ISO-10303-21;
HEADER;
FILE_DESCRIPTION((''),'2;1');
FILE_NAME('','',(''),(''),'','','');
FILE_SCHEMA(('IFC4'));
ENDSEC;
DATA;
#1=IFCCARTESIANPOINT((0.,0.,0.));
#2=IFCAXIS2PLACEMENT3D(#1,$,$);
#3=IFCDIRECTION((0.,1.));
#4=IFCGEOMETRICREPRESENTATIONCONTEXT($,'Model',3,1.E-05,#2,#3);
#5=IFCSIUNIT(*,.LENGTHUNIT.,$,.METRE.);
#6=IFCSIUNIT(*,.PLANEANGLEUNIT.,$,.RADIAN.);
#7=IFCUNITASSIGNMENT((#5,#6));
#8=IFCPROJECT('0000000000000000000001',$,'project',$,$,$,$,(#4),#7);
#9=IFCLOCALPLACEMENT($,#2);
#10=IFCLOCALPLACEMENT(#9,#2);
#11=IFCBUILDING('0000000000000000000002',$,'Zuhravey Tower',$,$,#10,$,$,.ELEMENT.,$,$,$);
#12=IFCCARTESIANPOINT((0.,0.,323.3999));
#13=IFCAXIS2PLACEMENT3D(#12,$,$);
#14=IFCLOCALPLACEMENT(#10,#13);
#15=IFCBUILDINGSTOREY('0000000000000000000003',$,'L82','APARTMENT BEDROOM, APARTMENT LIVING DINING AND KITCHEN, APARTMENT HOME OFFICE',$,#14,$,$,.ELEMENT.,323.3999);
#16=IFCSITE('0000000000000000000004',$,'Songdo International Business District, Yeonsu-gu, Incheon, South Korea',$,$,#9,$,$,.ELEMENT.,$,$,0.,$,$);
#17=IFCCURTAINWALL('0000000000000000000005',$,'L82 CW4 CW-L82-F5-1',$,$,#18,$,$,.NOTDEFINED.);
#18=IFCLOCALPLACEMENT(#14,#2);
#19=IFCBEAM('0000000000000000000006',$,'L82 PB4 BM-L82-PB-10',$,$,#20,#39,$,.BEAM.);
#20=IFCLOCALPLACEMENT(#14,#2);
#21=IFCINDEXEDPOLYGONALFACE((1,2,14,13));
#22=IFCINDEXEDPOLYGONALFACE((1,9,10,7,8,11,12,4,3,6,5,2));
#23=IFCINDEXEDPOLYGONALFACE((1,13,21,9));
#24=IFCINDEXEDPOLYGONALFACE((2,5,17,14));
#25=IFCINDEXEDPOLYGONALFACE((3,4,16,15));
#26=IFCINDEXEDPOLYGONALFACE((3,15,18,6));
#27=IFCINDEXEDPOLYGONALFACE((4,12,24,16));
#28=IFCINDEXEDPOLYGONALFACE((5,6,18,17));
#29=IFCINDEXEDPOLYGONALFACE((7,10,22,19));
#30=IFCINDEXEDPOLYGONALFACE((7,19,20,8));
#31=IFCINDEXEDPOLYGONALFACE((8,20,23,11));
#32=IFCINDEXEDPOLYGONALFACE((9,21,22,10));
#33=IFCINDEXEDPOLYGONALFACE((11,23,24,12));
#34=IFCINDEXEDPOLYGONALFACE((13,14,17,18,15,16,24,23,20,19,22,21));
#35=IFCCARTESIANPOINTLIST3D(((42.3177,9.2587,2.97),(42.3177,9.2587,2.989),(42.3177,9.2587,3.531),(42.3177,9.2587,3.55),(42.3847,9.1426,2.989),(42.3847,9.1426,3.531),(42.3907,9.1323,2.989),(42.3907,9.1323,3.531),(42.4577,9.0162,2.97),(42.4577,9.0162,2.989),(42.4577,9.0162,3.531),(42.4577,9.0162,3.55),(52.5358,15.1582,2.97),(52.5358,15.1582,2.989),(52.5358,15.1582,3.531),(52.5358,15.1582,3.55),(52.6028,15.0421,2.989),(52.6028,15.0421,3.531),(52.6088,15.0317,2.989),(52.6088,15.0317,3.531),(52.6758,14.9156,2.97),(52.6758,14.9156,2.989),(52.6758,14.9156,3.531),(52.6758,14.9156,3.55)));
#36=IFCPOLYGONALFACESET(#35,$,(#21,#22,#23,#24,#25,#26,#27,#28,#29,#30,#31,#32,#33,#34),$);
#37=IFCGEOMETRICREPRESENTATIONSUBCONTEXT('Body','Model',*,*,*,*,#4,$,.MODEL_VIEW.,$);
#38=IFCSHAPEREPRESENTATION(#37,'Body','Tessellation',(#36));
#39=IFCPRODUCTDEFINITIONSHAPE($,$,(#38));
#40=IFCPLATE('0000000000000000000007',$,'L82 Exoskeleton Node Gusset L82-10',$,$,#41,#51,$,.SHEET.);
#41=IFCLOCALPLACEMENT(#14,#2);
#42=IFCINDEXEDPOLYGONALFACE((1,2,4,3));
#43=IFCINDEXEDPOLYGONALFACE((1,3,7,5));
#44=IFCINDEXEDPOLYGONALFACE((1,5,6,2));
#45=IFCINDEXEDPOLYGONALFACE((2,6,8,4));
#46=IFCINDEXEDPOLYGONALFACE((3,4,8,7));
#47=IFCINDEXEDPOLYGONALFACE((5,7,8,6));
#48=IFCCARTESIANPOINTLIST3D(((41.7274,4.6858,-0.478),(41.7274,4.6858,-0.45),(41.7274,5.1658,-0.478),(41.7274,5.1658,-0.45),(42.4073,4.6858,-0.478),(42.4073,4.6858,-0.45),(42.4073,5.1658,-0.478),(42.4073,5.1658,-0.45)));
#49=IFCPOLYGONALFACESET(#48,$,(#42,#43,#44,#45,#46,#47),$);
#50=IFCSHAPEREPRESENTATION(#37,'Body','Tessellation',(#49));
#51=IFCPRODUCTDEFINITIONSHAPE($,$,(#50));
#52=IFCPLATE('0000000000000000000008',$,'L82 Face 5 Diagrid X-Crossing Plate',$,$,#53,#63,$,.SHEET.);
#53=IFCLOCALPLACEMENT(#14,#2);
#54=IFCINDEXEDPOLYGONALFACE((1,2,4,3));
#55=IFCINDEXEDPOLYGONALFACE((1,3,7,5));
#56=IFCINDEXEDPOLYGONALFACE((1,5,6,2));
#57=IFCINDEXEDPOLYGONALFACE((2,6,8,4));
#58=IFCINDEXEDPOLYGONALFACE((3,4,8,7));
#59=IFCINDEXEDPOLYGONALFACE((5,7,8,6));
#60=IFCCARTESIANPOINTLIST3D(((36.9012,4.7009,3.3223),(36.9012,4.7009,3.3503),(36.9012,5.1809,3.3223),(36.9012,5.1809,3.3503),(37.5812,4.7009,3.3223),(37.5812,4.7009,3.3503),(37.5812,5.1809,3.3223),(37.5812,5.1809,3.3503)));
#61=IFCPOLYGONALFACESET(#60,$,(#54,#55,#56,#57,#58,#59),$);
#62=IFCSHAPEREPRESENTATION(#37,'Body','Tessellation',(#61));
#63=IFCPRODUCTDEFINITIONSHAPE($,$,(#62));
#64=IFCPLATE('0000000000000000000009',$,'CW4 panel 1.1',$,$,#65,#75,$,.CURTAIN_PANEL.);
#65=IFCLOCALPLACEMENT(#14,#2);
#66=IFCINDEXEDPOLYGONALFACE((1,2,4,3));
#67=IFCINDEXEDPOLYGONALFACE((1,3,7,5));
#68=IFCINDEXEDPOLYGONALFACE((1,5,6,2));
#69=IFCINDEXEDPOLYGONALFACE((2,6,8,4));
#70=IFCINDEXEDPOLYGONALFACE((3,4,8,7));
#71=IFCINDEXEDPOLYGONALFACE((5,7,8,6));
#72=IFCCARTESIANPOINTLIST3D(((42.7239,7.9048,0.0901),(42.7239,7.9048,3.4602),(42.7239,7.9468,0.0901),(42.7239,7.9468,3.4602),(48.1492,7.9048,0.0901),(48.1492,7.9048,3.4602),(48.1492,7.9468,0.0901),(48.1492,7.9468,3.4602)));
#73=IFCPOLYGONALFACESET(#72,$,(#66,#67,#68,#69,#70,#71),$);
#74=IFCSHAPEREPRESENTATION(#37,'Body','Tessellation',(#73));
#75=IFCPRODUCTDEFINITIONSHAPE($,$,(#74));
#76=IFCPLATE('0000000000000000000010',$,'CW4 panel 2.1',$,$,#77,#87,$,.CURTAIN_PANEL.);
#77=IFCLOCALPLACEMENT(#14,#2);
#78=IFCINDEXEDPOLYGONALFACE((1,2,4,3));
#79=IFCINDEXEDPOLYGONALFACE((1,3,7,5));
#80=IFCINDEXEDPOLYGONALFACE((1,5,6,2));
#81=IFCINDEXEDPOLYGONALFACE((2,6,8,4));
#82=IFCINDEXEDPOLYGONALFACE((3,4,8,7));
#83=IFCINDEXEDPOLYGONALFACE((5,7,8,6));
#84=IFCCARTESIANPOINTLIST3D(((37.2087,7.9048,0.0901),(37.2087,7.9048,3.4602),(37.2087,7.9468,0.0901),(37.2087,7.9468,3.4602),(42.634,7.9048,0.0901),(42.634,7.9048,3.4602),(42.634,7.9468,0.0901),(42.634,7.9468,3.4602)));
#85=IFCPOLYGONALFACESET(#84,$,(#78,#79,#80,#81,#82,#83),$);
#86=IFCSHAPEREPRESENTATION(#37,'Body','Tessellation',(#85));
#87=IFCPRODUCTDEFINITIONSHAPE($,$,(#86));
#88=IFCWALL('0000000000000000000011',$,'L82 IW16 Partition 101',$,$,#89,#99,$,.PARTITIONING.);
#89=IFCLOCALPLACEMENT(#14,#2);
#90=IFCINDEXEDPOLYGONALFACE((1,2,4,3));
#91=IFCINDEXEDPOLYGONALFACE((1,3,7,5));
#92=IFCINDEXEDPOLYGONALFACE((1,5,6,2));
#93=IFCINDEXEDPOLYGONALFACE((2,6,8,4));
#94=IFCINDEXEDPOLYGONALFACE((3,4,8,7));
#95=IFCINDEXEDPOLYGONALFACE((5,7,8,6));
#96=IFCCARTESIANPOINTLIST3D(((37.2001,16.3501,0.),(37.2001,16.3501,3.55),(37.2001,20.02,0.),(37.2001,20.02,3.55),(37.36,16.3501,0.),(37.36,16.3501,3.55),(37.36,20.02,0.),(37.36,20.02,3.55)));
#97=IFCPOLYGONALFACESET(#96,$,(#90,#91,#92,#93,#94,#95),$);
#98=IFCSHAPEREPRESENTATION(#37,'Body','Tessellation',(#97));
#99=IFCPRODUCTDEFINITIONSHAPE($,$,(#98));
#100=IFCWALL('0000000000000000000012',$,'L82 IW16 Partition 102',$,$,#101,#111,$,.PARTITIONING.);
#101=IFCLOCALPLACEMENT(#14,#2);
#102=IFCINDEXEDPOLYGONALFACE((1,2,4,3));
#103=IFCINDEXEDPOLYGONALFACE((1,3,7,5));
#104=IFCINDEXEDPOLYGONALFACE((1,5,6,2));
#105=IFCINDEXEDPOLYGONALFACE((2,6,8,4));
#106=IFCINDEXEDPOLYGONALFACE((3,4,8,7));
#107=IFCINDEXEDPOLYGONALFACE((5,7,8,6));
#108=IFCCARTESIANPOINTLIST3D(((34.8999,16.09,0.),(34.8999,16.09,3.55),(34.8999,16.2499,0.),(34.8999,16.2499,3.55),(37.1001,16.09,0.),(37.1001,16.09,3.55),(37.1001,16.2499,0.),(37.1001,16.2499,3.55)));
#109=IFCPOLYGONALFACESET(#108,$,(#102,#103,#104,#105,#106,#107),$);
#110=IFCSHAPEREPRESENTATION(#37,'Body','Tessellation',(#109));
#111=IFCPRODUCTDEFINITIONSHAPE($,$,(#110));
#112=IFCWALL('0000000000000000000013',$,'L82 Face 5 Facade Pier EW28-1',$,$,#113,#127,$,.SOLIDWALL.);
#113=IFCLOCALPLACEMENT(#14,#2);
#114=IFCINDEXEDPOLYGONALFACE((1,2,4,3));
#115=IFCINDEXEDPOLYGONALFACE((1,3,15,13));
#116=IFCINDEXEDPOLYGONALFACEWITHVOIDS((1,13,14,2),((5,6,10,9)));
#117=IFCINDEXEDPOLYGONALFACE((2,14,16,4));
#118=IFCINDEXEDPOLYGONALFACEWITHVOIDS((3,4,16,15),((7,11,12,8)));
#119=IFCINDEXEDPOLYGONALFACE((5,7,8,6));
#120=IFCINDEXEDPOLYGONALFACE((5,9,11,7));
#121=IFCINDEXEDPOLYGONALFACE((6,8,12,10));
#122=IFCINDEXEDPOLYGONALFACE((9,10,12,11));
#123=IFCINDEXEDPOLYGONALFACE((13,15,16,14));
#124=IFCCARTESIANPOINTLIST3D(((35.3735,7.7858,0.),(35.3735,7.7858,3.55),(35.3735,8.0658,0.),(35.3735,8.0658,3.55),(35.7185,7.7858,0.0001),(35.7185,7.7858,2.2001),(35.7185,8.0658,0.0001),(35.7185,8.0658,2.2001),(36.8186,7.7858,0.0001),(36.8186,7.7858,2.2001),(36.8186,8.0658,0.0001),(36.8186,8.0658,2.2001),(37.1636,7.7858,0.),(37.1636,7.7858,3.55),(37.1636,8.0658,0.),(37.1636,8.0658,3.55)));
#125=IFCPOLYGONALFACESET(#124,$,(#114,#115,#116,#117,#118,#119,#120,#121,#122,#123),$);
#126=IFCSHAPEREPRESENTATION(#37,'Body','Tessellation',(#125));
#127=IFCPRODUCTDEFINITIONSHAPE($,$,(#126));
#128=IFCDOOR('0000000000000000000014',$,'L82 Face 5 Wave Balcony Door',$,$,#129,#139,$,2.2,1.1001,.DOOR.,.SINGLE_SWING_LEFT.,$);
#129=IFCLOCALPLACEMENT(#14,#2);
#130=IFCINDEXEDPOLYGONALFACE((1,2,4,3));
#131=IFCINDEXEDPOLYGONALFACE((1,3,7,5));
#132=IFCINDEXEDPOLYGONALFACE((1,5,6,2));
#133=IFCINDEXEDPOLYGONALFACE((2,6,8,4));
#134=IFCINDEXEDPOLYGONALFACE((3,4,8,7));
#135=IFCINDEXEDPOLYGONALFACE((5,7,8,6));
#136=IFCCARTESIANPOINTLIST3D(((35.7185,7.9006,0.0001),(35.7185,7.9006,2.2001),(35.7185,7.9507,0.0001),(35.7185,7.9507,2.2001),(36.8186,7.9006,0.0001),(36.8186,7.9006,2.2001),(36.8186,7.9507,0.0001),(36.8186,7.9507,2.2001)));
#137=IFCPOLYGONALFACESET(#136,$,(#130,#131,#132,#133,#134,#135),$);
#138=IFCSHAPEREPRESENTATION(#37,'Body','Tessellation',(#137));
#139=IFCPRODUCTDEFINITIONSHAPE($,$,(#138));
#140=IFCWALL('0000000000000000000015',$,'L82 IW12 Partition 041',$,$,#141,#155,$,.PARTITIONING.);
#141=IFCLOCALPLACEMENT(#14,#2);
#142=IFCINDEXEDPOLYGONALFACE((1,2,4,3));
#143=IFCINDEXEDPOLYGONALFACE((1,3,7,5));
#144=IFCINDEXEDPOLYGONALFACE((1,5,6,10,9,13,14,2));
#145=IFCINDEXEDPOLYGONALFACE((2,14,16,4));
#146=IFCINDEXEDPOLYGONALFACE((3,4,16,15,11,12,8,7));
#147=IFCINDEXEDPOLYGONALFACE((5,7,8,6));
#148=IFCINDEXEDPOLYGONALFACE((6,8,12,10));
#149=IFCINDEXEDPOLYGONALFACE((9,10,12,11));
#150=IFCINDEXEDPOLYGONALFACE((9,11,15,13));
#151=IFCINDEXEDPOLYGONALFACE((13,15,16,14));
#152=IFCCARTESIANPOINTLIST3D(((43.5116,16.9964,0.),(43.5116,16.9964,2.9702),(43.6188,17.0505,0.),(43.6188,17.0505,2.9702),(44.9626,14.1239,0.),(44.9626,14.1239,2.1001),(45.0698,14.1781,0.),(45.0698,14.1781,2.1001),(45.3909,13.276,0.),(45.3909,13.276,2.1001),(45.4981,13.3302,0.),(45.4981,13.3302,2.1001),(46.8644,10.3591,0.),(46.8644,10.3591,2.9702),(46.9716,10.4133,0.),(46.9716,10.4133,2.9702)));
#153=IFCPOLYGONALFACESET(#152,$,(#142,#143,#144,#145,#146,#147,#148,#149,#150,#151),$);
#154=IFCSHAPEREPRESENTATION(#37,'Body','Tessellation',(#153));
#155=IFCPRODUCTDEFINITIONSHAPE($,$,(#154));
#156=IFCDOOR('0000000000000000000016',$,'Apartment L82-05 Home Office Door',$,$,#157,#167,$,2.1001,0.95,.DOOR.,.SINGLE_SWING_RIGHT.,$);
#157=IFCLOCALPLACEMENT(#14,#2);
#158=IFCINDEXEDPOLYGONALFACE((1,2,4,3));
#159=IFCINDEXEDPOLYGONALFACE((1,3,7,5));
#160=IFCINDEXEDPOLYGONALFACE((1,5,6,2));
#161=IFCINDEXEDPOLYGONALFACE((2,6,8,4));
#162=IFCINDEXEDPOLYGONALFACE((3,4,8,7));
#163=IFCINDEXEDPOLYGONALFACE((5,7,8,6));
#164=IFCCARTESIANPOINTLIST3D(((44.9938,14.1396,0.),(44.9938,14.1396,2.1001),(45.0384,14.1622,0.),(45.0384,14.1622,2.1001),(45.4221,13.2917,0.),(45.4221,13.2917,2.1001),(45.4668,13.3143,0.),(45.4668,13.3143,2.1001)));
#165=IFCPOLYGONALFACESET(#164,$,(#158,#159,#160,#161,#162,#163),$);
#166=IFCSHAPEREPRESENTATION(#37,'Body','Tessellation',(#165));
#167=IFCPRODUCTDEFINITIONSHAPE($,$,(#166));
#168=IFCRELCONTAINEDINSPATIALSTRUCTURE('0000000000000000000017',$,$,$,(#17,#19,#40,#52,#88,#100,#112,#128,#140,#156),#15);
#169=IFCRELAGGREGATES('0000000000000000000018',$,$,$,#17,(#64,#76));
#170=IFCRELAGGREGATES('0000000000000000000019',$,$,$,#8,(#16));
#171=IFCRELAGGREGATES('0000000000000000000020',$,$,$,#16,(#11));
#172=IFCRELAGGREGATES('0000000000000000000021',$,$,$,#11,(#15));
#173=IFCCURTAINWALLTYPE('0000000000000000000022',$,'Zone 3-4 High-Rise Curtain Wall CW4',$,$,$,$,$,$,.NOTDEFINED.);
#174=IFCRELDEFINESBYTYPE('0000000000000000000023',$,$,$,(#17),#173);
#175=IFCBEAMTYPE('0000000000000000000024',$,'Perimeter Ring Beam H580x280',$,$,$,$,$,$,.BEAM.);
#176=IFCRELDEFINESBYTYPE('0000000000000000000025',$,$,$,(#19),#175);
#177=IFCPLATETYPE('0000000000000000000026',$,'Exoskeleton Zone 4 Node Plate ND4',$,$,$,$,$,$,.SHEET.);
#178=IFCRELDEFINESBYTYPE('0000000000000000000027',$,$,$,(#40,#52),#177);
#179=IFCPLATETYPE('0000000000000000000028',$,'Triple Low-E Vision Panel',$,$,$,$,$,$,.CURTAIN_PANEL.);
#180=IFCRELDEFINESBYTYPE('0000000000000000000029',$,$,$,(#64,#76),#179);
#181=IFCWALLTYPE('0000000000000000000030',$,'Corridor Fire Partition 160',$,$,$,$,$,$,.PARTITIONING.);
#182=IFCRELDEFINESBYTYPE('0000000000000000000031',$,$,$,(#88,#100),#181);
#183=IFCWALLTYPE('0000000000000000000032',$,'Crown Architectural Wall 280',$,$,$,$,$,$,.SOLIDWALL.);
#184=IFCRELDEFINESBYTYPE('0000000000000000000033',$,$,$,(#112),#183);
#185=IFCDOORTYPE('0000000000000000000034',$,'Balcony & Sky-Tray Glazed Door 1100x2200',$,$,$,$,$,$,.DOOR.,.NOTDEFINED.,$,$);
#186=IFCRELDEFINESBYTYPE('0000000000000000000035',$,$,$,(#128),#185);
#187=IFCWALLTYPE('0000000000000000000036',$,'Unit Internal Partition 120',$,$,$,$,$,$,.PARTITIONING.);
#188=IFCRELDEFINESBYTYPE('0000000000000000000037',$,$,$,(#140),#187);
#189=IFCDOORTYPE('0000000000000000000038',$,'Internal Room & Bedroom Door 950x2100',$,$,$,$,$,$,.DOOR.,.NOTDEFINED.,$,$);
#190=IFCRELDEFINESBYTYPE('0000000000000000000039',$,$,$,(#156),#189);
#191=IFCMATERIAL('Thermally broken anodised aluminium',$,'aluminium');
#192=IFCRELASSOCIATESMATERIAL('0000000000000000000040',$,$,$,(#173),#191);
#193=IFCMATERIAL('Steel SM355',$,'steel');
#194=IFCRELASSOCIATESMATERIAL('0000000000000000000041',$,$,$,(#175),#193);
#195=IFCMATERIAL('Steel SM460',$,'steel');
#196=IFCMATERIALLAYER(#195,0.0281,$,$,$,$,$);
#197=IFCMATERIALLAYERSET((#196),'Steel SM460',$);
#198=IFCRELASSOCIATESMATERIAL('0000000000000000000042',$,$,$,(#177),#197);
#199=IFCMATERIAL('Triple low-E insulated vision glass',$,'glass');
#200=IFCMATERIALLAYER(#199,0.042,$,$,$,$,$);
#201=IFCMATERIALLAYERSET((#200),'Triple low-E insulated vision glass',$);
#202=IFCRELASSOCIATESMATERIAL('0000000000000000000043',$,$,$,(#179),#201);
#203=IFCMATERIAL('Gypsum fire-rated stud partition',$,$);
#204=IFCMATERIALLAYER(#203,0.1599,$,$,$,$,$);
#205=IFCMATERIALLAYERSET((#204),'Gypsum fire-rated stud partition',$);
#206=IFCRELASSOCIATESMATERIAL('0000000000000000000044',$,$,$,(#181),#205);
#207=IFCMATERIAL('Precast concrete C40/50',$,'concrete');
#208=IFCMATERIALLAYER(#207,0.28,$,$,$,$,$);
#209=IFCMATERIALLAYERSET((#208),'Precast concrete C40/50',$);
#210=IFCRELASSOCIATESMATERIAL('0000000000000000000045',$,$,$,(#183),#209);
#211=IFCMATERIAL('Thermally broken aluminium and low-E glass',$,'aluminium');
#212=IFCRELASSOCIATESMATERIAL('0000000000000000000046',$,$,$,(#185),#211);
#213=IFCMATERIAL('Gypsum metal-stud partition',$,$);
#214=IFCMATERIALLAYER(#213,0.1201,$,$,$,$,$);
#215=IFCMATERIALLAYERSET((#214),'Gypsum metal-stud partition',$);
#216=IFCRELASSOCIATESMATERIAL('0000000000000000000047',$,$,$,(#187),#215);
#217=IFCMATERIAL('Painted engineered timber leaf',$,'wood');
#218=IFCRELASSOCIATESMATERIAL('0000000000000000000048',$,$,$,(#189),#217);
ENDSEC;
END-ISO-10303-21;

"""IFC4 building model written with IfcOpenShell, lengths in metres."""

from ifc_helpers import new_model, si_unit, direction, frame, frame_2d, origin, origin_2d, place, context, subcontext, project, spatial, rectangle, i_section, extrude, material, layer, layer_set, material_profile, profile_set, type_object, element, fill, aggregate, save


model = new_model("IFC4")

# Units and contexts
model_context = context("Model", 3, precision=1e-05, world=origin(), true_north=direction((0.0, 1.0)))
body_context = subcontext(model_context, "Body", "Model", "MODEL_VIEW")
ifc_project = project(units=[si_unit("LENGTHUNIT", "METRE"), si_unit("PLANEANGLEUNIT", "RADIAN")], contexts=[model_context])

# Site, building, storey
site_placement = place(None, origin())
site = spatial("IfcSite", under=ifc_project, at=site_placement, Name="Songdo International Business District, Yeonsu-gu, Incheon, South Korea", CompositionType="ELEMENT", RefElevation=0.0)
building_placement = place(site_placement, origin())
building = spatial("IfcBuilding", under=site, at=building_placement, Name="Zuhravey Tower", CompositionType="ELEMENT")
storey_placement = place(building_placement, frame((0.0, 0.0, 323.3999)))
storey = spatial("IfcBuildingStorey", under=building, at=storey_placement, Name="L82", Description="APARTMENT BEDROOM, APARTMENT LIVING DINING AND KITCHEN, APARTMENT HOME OFFICE", CompositionType="ELEMENT", Elevation=323.3999)

# Curtain wall
ifc_material_1 = material(Name="Thermally broken anodised aluminium", Category="aluminium")
curtain_wall_type = type_object("IfcCurtainWallType", Name="Zone 3-4 High-Rise Curtain Wall CW4", PredefinedType="NOTDEFINED", material=ifc_material_1)
curtain_wall_1_placement = place(storey_placement, origin())
curtain_wall_1 = element("IfcCurtainWall", 1, at=curtain_wall_1_placement, inside=storey, type_object=curtain_wall_type, Name="L82 CW4 CW-L82-F5-1", PredefinedType="NOTDEFINED")

# Shared definitions
ifc_material_2 = material(Name="Steel SM355", Category="steel")

# Beam
ifc_material_profile_1 = material_profile(ifc_material_2, i_section(OverallWidth=0.28, OverallDepth=0.5801, WebThickness=0.012, FlangeThickness=0.019, at=origin_2d()), Name="H-580x280x12x19")
ifc_profile_set_1 = profile_set([ifc_material_profile_1], Name="Steel SM355")
beam_type = type_object("IfcBeamType", Name="Perimeter Ring Beam H580x280", PredefinedType="BEAM", material=ifc_profile_set_1)
beam_placement = place(storey_placement, frame((42.3877, 9.1375, 3.26), z_axis=(0.866024, 0.500002, 0.0), x_axis=(-0.500002, 0.866024, 0.0)))
element("IfcBeam", 2, at=beam_placement, inside=storey, type_object=beam_type, Name="L82 PB4 BM-L82-PB-10", PredefinedType="BEAM", context=body_context, shape_type="SweptSolid", body=[
    extrude(i_section(OverallWidth=0.28, OverallDepth=0.5801, WebThickness=0.012, FlangeThickness=0.019, at=origin_2d()), origin(), (0.0, 0.0, 1.0), 11.7988),
])

# Plates
ifc_material_3 = material(Name="Steel SM460", Category="steel")
ifc_layer_1 = layer(ifc_material_3, 0.0281)
ifc_layer_set_1 = layer_set([ifc_layer_1], Name="Steel SM460")
plate_type_1 = type_object("IfcPlateType", Name="Exoskeleton Zone 4 Node Plate ND4", PredefinedType="SHEET", material=ifc_layer_set_1)
for number, where, z_axis, x_axis, name in (
    (3, (42.0674, 4.9258, -0.478), (0.0, 0.0, 1.0), (1.0, 0.0, 0.0), "L82 Exoskeleton Node Gusset L82-10"),
    (4, (37.2412, 4.9409, 3.3223), (0.0, 0.0, 1.0), (1.0, 0.0, 0.0), "L82 Face 5 Diagrid X-Crossing Plate"),
):
    element("IfcPlate", number, at=place(storey_placement, frame(where, z_axis=z_axis, x_axis=x_axis)), inside=storey, type_object=plate_type_1, Name=name, PredefinedType="SHEET", context=body_context, shape_type="SweptSolid", body=[
        extrude(rectangle(XDim=0.6799, YDim=0.48, at=origin_2d()), origin(), (0.0, 0.0, 1.0), 0.0281),
    ])

# Plates
ifc_material_4 = material(Name="Triple low-E insulated vision glass", Category="glass")
ifc_layer_2 = layer(ifc_material_4, 0.042)
ifc_layer_set_2 = layer_set([ifc_layer_2], Name="Triple low-E insulated vision glass")
plate_type_2 = type_object("IfcPlateType", Name="Triple Low-E Vision Panel", PredefinedType="CURTAIN_PANEL", material=ifc_layer_set_2)
plate_1_placement = place(storey_placement, frame((45.4365, 7.9258, 0.0901), z_axis=(0.0, 0.0, 1.0), x_axis=(-1.0, 0.0, 0.0)))
plate_1 = element("IfcPlate", 5, at=plate_1_placement, type_object=plate_type_2, Name="CW4 panel 1.1", PredefinedType="CURTAIN_PANEL", context=body_context, shape_type="SweptSolid", body=[
    extrude(rectangle(XDim=5.4253, YDim=0.042, at=origin_2d()), origin(), (0.0, 0.0, 1.0), 3.3701),
])
plate_2_placement = place(storey_placement, frame((39.9214, 7.9258, 0.0901), z_axis=(0.0, 0.0, 1.0), x_axis=(-1.0, 0.0, 0.0)))
plate_2 = element("IfcPlate", 6, at=plate_2_placement, type_object=plate_type_2, Name="CW4 panel 2.1", PredefinedType="CURTAIN_PANEL", context=body_context, shape_type="SweptSolid", body=[
    extrude(rectangle(XDim=5.4253, YDim=0.042, at=origin_2d()), origin(), (0.0, 0.0, 1.0), 3.3701),
])
aggregate(curtain_wall_1, [plate_1, plate_2])

# Walls
ifc_material_5 = material(Name="Gypsum fire-rated stud partition")
ifc_layer_3 = layer(ifc_material_5, 0.1599)
ifc_layer_set_3 = layer_set([ifc_layer_3], Name="Gypsum fire-rated stud partition")
wall_type_1 = type_object("IfcWallType", Name="Corridor Fire Partition 160", PredefinedType="PARTITIONING", material=ifc_layer_set_3)
wall_1_placement = place(storey_placement, frame((37.28, 16.3501, 0.0), z_axis=(0.0, 0.0, 1.0), x_axis=(0.0, 1.0, 0.0)))
element("IfcWall", 7, at=wall_1_placement, inside=storey, type_object=wall_type_1, Name="L82 IW16 Partition 101", PredefinedType="PARTITIONING", context=body_context, shape_type="SweptSolid", body=[
    extrude(rectangle(XDim=3.6699, YDim=0.1599, at=frame_2d((1.835, 0.0))), origin(), (0.0, 0.0, 1.0), 3.55),
])
wall_2_placement = place(storey_placement, frame((34.8999, 16.1699, 0.0), z_axis=(0.0, 0.0, 1.0), x_axis=(1.0, 0.0, 0.0)))
element("IfcWall", 8, at=wall_2_placement, inside=storey, type_object=wall_type_1, Name="L82 IW16 Partition 102", PredefinedType="PARTITIONING", context=body_context, shape_type="SweptSolid", body=[
    extrude(rectangle(XDim=2.2002, YDim=0.1599, at=frame_2d((1.1001, 0.0))), origin(), (0.0, 0.0, 1.0), 3.55),
])

# Walls, openings, doors
ifc_material_6 = material(Name="Precast concrete C40/50", Category="concrete")
ifc_layer_4 = layer(ifc_material_6, 0.28)
ifc_layer_set_4 = layer_set([ifc_layer_4], Name="Precast concrete C40/50")
wall_type_2 = type_object("IfcWallType", Name="Crown Architectural Wall 280", PredefinedType="SOLIDWALL", material=ifc_layer_set_4)
wall_3_placement = place(storey_placement, frame((37.1636, 7.9258, 0.0), z_axis=(0.0, 0.0, 1.0), x_axis=(-1.0, 0.0, 0.0)))
wall_3 = element("IfcWall", 9, at=wall_3_placement, inside=storey, type_object=wall_type_2, Name="L82 Face 5 Facade Pier EW28-1", PredefinedType="SOLIDWALL", context=body_context, shape_type="SweptSolid", body=[
    extrude(rectangle(XDim=1.79, YDim=0.28, at=frame_2d((0.895, 0.0))), origin(), (0.0, 0.0, 1.0), 3.55),
])
opening_1_placement = place(wall_3_placement, frame((0.345, 0.0, 0.0)))
opening_1 = element("IfcOpeningElement", 10, at=opening_1_placement, cuts=wall_3, PredefinedType="OPENING", context=body_context, shape_type="SweptSolid", body=[
    extrude(rectangle(XDim=1.1001, YDim=2.2, at=frame_2d((0.55, 1.1001))), frame((0.0, 0.1521, 0.0), z_axis=(0.0, -1.0, 0.0), x_axis=(1.0, 0.0, 0.0)), (0.0, 0.0, 1.0), 0.304),
])
ifc_material_7 = material(Name="Thermally broken aluminium and low-E glass", Category="aluminium")
door_type_1 = type_object("IfcDoorType", Name="Balcony & Sky-Tray Glazed Door 1100x2200", OperationType="NOTDEFINED", PredefinedType="DOOR", material=ifc_material_7)
door_1_placement = place(opening_1_placement, frame((1.1001, 0.0, 0.0), z_axis=(0.0, 0.0, 1.0), x_axis=(-1.0, 0.0, 0.0)))
door_1 = element("IfcDoor", 11, at=door_1_placement, inside=storey, type_object=door_type_1, Name="L82 Face 5 Wave Balcony Door", OperationType="SINGLE_SWING_LEFT", OverallHeight=2.2, OverallWidth=1.1001, PredefinedType="DOOR", context=body_context, shape_type="SweptSolid", body=[
    extrude(rectangle(XDim=1.1001, YDim=2.2, at=frame_2d((0.55, 1.1001))), frame((0.0, 0.0249, 0.0), z_axis=(0.0, -1.0, 0.0), x_axis=(1.0, 0.0, 0.0)), (0.0, 0.0, 1.0), 0.05),
])
fill(opening_1, door_1)
ifc_material_8 = material(Name="Gypsum metal-stud partition")
ifc_layer_5 = layer(ifc_material_8, 0.1201)
ifc_layer_set_5 = layer_set([ifc_layer_5], Name="Gypsum metal-stud partition")
wall_type_3 = type_object("IfcWallType", Name="Unit Internal Partition 120", PredefinedType="PARTITIONING", material=ifc_layer_set_5)
wall_4_placement = place(storey_placement, frame((43.5652, 17.0234, 0.0), z_axis=(0.0, 0.0, 1.0), x_axis=(0.450887, -0.892581, 0.0)))
wall_4 = element("IfcWall", 12, at=wall_4_placement, inside=storey, type_object=wall_type_3, Name="L82 IW12 Partition 041", PredefinedType="PARTITIONING", context=body_context, shape_type="SweptSolid", body=[
    extrude(rectangle(XDim=7.436, YDim=0.1201, at=frame_2d((3.718, 0.0))), origin(), (0.0, 0.0, 1.0), 2.9702),
])
opening_2_placement = place(wall_4_placement, frame((3.218, 0.0, 0.0)))
opening_2 = element("IfcOpeningElement", 13, at=opening_2_placement, cuts=wall_4, PredefinedType="OPENING", context=body_context, shape_type="SweptSolid", body=[
    extrude(rectangle(XDim=0.95, YDim=2.1001, at=frame_2d((0.4751, 1.05))), frame((0.0, 0.072, 0.0), z_axis=(0.0, -1.0, 0.0), x_axis=(1.0, 0.0, 0.0)), (0.0, 0.0, 1.0), 0.144),
])
ifc_material_9 = material(Name="Painted engineered timber leaf", Category="wood")
door_type_2 = type_object("IfcDoorType", Name="Internal Room & Bedroom Door 950x2100", OperationType="NOTDEFINED", PredefinedType="DOOR", material=ifc_material_9)
door_2_placement = place(opening_2_placement, origin())
door_2 = element("IfcDoor", 14, at=door_2_placement, inside=storey, type_object=door_type_2, Name="Apartment L82-05 Home Office Door", OperationType="SINGLE_SWING_RIGHT", OverallHeight=2.1001, OverallWidth=0.95, PredefinedType="DOOR", context=body_context, shape_type="SweptSolid", body=[
    extrude(rectangle(XDim=0.95, YDim=2.1001, at=frame_2d((0.4751, 1.05))), frame((0.0, 0.0249, 0.0), z_axis=(0.0, -1.0, 0.0), x_axis=(1.0, 0.0, 0.0)), (0.0, 0.0, 1.0), 0.05),
])
fill(opening_2, door_2)

save(model, "model.ifc")
